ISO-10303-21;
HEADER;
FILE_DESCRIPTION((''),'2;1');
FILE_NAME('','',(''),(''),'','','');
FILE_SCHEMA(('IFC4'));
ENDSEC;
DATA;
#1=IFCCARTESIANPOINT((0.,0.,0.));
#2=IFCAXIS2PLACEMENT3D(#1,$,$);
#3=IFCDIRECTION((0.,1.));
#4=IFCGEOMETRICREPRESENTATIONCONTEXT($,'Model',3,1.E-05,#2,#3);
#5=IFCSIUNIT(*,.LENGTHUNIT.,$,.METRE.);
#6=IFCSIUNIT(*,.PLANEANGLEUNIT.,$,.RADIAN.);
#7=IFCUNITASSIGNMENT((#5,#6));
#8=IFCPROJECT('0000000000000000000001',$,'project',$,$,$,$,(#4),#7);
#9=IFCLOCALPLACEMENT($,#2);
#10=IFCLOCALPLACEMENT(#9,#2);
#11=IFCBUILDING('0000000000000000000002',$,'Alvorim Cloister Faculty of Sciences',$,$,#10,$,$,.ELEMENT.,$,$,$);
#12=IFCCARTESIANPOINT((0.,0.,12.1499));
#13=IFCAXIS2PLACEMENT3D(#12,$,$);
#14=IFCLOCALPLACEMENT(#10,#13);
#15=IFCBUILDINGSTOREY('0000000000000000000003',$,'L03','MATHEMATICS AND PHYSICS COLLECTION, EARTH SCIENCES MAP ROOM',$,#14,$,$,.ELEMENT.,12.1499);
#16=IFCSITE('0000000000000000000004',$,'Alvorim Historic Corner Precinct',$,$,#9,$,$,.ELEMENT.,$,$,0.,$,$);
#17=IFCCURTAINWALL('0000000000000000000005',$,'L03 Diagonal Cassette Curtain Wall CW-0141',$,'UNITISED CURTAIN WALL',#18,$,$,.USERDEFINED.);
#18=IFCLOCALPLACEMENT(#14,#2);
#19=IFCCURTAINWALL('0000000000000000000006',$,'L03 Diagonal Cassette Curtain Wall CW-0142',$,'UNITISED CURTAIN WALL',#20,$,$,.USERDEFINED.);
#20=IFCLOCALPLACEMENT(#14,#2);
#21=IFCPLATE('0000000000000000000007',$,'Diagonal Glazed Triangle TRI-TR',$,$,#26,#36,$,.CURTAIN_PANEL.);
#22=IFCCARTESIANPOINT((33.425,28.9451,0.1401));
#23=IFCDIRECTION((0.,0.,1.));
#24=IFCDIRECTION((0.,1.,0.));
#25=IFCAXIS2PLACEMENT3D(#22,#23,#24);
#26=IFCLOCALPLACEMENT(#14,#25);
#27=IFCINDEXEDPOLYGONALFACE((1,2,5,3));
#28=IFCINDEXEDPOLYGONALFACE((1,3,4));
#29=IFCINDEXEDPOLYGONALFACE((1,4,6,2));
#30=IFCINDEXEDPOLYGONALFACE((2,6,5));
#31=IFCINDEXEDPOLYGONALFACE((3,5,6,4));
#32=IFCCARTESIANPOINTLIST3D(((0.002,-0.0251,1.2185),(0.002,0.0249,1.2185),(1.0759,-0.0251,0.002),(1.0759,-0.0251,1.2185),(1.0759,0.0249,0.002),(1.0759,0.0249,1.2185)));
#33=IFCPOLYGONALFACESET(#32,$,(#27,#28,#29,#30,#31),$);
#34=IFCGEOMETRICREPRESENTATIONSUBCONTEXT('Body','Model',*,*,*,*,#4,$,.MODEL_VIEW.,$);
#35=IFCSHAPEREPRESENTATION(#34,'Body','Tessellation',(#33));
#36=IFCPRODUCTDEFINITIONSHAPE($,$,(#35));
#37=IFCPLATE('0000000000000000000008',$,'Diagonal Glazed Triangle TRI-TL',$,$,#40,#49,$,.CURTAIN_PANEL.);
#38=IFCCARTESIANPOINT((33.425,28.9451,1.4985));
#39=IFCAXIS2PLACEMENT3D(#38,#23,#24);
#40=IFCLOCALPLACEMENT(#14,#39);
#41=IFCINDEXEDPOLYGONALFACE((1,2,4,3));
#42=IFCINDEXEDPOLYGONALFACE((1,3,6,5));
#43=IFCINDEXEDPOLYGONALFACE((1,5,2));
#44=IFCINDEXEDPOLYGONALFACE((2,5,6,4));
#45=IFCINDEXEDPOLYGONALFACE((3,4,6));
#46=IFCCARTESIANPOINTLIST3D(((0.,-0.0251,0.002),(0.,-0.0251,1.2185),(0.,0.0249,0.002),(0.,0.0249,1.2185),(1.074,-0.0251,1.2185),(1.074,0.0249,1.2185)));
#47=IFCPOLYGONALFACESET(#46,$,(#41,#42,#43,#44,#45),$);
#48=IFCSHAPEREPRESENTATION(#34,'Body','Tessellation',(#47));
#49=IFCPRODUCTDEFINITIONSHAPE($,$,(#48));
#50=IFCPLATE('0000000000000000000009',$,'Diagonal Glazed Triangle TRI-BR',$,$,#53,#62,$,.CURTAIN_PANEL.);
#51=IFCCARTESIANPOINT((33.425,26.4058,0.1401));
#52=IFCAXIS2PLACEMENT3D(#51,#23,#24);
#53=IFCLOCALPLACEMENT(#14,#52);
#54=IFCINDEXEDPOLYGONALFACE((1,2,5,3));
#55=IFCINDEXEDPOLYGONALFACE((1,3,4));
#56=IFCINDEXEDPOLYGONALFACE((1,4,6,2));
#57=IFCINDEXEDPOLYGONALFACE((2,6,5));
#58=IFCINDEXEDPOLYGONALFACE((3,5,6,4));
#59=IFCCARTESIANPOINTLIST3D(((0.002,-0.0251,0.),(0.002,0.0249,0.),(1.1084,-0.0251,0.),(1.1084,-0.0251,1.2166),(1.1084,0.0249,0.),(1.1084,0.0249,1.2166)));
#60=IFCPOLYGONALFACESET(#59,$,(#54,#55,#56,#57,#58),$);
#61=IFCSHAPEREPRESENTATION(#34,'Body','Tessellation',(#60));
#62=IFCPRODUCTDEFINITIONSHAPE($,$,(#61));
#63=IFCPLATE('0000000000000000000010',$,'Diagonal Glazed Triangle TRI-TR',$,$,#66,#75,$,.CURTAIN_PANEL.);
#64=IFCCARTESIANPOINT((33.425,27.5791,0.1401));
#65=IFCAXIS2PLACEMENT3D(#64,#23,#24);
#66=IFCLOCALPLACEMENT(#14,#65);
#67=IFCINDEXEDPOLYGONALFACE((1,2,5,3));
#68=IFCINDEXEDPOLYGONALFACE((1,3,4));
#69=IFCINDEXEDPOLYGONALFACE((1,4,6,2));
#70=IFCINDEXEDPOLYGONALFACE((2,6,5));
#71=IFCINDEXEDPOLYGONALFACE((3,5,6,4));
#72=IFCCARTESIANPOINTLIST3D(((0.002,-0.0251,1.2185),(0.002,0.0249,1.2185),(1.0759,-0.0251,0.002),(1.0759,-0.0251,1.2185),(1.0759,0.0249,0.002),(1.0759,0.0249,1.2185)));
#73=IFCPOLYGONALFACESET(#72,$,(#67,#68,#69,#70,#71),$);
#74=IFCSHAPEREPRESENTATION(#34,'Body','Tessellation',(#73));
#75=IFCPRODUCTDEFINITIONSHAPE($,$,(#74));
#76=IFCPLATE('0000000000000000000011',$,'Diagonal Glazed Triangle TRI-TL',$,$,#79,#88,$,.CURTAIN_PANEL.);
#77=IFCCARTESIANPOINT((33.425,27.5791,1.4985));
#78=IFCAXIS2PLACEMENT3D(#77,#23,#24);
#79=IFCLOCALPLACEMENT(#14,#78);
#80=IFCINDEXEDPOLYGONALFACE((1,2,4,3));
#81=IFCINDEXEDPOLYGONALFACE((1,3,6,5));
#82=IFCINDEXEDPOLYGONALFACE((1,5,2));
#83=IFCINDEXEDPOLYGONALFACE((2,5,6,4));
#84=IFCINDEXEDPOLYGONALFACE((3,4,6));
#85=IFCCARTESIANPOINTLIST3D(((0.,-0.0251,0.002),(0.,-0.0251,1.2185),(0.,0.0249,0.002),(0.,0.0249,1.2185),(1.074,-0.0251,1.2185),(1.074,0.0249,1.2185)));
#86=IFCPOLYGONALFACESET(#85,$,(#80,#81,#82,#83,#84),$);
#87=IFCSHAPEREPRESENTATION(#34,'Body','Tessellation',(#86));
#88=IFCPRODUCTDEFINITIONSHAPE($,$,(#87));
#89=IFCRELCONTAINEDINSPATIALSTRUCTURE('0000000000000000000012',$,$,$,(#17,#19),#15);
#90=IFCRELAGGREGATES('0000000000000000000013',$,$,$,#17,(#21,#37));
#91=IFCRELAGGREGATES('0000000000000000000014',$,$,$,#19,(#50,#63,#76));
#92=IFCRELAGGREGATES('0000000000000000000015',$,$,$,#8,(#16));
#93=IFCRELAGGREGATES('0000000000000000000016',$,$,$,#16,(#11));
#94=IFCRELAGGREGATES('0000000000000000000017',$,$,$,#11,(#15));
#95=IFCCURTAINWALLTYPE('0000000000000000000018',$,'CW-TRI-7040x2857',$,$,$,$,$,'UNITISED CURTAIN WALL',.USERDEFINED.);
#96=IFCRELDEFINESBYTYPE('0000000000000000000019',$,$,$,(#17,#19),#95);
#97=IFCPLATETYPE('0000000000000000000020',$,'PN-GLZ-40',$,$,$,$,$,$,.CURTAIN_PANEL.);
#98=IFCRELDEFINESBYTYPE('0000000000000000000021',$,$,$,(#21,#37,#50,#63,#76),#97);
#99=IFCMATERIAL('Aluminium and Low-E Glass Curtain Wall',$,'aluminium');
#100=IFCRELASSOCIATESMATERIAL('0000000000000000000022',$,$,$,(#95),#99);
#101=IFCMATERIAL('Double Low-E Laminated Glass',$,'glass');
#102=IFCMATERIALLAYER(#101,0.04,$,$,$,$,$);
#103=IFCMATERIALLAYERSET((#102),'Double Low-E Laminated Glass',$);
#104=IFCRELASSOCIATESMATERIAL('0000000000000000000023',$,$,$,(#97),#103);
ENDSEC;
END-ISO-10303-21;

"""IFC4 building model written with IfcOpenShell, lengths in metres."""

from ifc_helpers import new_model, si_unit, direction, frame, origin, place, context, subcontext, project, spatial, polyline, outline, extrude, material, layer, layer_set, type_object, element, aggregate, save


model = new_model("IFC4")

# Units and contexts
model_context = context("Model", 3, precision=1e-05, world=origin(), true_north=direction((0.0, 1.0)))
body_context = subcontext(model_context, "Body", "Model", "MODEL_VIEW")
ifc_project = project(units=[si_unit("LENGTHUNIT", "METRE"), si_unit("PLANEANGLEUNIT", "RADIAN")], contexts=[model_context])

# Site, building, storey
site_placement = place(None, origin())
site = spatial("IfcSite", under=ifc_project, at=site_placement, Name="Alvorim Historic Corner Precinct", CompositionType="ELEMENT", RefElevation=0.0)
building_placement = place(site_placement, origin())
building = spatial("IfcBuilding", under=site, at=building_placement, Name="Alvorim Cloister Faculty of Sciences", CompositionType="ELEMENT")
storey_placement = place(building_placement, frame((0.0, 0.0, 12.1499)))
storey = spatial("IfcBuildingStorey", under=building, at=storey_placement, Name="L03", Description="MATHEMATICS AND PHYSICS COLLECTION, EARTH SCIENCES MAP ROOM", CompositionType="ELEMENT", Elevation=12.1499)

# Curtain wall
ifc_material_1 = material(Name="Aluminium and Low-E Glass Curtain Wall", Category="aluminium")
curtain_wall_type = type_object("IfcCurtainWallType", Name="CW-TRI-7040x2857", ElementType="UNITISED CURTAIN WALL", PredefinedType="USERDEFINED", material=ifc_material_1)
curtain_wall_1_placement = place(storey_placement, origin())
curtain_wall_1 = element("IfcCurtainWall", 1, at=curtain_wall_1_placement, inside=storey, type_object=curtain_wall_type, Name="L03 Diagonal Cassette Curtain Wall CW-0141", ObjectType="UNITISED CURTAIN WALL", PredefinedType="USERDEFINED")

# Curtain wall
curtain_wall_2_placement = place(storey_placement, origin())
curtain_wall_2 = element("IfcCurtainWall", 2, at=curtain_wall_2_placement, inside=storey, type_object=curtain_wall_type, Name="L03 Diagonal Cassette Curtain Wall CW-0142", ObjectType="UNITISED CURTAIN WALL", PredefinedType="USERDEFINED")

# Plates
ifc_material_2 = material(Name="Double Low-E Laminated Glass", Category="glass")
ifc_layer_1 = layer(ifc_material_2, 0.04)
ifc_layer_set_1 = layer_set([ifc_layer_1], Name="Double Low-E Laminated Glass")
plate_type = type_object("IfcPlateType", Name="PN-GLZ-40", PredefinedType="CURTAIN_PANEL", material=ifc_layer_set_1)
plate_1_placement = place(storey_placement, frame((33.425, 28.9451, 0.1401), z_axis=(0.0, 0.0, 1.0), x_axis=(0.0, 1.0, 0.0)))
plate_1 = element("IfcPlate", 3, at=plate_1_placement, type_object=plate_type, Name="Diagonal Glazed Triangle TRI-TR", PredefinedType="CURTAIN_PANEL", context=body_context, shape_type="SweptSolid", body=[
    extrude(outline(polyline([(1.0759, 0.002), (1.0759, 1.2185), (0.002, 1.2185), (1.0759, 0.002)])), frame((0.0, 0.0249, 0.0), z_axis=(0.0, -1.0, 0.0), x_axis=(1.0, 0.0, 0.0)), (0.0, 0.0, 1.0), 0.05),
])
plate_2_placement = place(storey_placement, frame((33.425, 28.9451, 1.4985), z_axis=(0.0, 0.0, 1.0), x_axis=(0.0, 1.0, 0.0)))
plate_2 = element("IfcPlate", 4, at=plate_2_placement, type_object=plate_type, Name="Diagonal Glazed Triangle TRI-TL", PredefinedType="CURTAIN_PANEL", context=body_context, shape_type="SweptSolid", body=[
    extrude(outline(polyline([(1.074, 1.2185), (0.0, 1.2185), (0.0, 0.002), (1.074, 1.2185)])), frame((0.0, 0.0249, 0.0), z_axis=(0.0, -1.0, 0.0), x_axis=(1.0, 0.0, 0.0)), (0.0, 0.0, 1.0), 0.05),
])
aggregate(curtain_wall_1, [plate_1, plate_2])
plate_3_placement = place(storey_placement, frame((33.425, 26.4058, 0.1401), z_axis=(0.0, 0.0, 1.0), x_axis=(0.0, 1.0, 0.0)))
plate_3 = element("IfcPlate", 5, at=plate_3_placement, type_object=plate_type, Name="Diagonal Glazed Triangle TRI-BR", PredefinedType="CURTAIN_PANEL", context=body_context, shape_type="SweptSolid", body=[
    extrude(outline(polyline([(0.002, 0.0), (1.1084, 0.0), (1.1084, 1.2166), (0.002, 0.0)])), frame((0.0, 0.0249, 0.0), z_axis=(0.0, -1.0, 0.0), x_axis=(1.0, 0.0, 0.0)), (0.0, 0.0, 1.0), 0.05),
])
plate_4_placement = place(storey_placement, frame((33.425, 27.5791, 0.1401), z_axis=(0.0, 0.0, 1.0), x_axis=(0.0, 1.0, 0.0)))
plate_4 = element("IfcPlate", 6, at=plate_4_placement, type_object=plate_type, Name="Diagonal Glazed Triangle TRI-TR", PredefinedType="CURTAIN_PANEL", context=body_context, shape_type="SweptSolid", body=[
    extrude(outline(polyline([(1.0759, 0.002), (1.0759, 1.2185), (0.002, 1.2185), (1.0759, 0.002)])), frame((0.0, 0.0249, 0.0), z_axis=(0.0, -1.0, 0.0), x_axis=(1.0, 0.0, 0.0)), (0.0, 0.0, 1.0), 0.05),
])
plate_5_placement = place(storey_placement, frame((33.425, 27.5791, 1.4985), z_axis=(0.0, 0.0, 1.0), x_axis=(0.0, 1.0, 0.0)))
plate_5 = element("IfcPlate", 7, at=plate_5_placement, type_object=plate_type, Name="Diagonal Glazed Triangle TRI-TL", PredefinedType="CURTAIN_PANEL", context=body_context, shape_type="SweptSolid", body=[
    extrude(outline(polyline([(1.074, 1.2185), (0.0, 1.2185), (0.0, 0.002), (1.074, 1.2185)])), frame((0.0, 0.0249, 0.0), z_axis=(0.0, -1.0, 0.0), x_axis=(1.0, 0.0, 0.0)), (0.0, 0.0, 1.0), 0.05),
])
aggregate(curtain_wall_2, [plate_3, plate_4, plate_5])

save(model, "model.ifc")
